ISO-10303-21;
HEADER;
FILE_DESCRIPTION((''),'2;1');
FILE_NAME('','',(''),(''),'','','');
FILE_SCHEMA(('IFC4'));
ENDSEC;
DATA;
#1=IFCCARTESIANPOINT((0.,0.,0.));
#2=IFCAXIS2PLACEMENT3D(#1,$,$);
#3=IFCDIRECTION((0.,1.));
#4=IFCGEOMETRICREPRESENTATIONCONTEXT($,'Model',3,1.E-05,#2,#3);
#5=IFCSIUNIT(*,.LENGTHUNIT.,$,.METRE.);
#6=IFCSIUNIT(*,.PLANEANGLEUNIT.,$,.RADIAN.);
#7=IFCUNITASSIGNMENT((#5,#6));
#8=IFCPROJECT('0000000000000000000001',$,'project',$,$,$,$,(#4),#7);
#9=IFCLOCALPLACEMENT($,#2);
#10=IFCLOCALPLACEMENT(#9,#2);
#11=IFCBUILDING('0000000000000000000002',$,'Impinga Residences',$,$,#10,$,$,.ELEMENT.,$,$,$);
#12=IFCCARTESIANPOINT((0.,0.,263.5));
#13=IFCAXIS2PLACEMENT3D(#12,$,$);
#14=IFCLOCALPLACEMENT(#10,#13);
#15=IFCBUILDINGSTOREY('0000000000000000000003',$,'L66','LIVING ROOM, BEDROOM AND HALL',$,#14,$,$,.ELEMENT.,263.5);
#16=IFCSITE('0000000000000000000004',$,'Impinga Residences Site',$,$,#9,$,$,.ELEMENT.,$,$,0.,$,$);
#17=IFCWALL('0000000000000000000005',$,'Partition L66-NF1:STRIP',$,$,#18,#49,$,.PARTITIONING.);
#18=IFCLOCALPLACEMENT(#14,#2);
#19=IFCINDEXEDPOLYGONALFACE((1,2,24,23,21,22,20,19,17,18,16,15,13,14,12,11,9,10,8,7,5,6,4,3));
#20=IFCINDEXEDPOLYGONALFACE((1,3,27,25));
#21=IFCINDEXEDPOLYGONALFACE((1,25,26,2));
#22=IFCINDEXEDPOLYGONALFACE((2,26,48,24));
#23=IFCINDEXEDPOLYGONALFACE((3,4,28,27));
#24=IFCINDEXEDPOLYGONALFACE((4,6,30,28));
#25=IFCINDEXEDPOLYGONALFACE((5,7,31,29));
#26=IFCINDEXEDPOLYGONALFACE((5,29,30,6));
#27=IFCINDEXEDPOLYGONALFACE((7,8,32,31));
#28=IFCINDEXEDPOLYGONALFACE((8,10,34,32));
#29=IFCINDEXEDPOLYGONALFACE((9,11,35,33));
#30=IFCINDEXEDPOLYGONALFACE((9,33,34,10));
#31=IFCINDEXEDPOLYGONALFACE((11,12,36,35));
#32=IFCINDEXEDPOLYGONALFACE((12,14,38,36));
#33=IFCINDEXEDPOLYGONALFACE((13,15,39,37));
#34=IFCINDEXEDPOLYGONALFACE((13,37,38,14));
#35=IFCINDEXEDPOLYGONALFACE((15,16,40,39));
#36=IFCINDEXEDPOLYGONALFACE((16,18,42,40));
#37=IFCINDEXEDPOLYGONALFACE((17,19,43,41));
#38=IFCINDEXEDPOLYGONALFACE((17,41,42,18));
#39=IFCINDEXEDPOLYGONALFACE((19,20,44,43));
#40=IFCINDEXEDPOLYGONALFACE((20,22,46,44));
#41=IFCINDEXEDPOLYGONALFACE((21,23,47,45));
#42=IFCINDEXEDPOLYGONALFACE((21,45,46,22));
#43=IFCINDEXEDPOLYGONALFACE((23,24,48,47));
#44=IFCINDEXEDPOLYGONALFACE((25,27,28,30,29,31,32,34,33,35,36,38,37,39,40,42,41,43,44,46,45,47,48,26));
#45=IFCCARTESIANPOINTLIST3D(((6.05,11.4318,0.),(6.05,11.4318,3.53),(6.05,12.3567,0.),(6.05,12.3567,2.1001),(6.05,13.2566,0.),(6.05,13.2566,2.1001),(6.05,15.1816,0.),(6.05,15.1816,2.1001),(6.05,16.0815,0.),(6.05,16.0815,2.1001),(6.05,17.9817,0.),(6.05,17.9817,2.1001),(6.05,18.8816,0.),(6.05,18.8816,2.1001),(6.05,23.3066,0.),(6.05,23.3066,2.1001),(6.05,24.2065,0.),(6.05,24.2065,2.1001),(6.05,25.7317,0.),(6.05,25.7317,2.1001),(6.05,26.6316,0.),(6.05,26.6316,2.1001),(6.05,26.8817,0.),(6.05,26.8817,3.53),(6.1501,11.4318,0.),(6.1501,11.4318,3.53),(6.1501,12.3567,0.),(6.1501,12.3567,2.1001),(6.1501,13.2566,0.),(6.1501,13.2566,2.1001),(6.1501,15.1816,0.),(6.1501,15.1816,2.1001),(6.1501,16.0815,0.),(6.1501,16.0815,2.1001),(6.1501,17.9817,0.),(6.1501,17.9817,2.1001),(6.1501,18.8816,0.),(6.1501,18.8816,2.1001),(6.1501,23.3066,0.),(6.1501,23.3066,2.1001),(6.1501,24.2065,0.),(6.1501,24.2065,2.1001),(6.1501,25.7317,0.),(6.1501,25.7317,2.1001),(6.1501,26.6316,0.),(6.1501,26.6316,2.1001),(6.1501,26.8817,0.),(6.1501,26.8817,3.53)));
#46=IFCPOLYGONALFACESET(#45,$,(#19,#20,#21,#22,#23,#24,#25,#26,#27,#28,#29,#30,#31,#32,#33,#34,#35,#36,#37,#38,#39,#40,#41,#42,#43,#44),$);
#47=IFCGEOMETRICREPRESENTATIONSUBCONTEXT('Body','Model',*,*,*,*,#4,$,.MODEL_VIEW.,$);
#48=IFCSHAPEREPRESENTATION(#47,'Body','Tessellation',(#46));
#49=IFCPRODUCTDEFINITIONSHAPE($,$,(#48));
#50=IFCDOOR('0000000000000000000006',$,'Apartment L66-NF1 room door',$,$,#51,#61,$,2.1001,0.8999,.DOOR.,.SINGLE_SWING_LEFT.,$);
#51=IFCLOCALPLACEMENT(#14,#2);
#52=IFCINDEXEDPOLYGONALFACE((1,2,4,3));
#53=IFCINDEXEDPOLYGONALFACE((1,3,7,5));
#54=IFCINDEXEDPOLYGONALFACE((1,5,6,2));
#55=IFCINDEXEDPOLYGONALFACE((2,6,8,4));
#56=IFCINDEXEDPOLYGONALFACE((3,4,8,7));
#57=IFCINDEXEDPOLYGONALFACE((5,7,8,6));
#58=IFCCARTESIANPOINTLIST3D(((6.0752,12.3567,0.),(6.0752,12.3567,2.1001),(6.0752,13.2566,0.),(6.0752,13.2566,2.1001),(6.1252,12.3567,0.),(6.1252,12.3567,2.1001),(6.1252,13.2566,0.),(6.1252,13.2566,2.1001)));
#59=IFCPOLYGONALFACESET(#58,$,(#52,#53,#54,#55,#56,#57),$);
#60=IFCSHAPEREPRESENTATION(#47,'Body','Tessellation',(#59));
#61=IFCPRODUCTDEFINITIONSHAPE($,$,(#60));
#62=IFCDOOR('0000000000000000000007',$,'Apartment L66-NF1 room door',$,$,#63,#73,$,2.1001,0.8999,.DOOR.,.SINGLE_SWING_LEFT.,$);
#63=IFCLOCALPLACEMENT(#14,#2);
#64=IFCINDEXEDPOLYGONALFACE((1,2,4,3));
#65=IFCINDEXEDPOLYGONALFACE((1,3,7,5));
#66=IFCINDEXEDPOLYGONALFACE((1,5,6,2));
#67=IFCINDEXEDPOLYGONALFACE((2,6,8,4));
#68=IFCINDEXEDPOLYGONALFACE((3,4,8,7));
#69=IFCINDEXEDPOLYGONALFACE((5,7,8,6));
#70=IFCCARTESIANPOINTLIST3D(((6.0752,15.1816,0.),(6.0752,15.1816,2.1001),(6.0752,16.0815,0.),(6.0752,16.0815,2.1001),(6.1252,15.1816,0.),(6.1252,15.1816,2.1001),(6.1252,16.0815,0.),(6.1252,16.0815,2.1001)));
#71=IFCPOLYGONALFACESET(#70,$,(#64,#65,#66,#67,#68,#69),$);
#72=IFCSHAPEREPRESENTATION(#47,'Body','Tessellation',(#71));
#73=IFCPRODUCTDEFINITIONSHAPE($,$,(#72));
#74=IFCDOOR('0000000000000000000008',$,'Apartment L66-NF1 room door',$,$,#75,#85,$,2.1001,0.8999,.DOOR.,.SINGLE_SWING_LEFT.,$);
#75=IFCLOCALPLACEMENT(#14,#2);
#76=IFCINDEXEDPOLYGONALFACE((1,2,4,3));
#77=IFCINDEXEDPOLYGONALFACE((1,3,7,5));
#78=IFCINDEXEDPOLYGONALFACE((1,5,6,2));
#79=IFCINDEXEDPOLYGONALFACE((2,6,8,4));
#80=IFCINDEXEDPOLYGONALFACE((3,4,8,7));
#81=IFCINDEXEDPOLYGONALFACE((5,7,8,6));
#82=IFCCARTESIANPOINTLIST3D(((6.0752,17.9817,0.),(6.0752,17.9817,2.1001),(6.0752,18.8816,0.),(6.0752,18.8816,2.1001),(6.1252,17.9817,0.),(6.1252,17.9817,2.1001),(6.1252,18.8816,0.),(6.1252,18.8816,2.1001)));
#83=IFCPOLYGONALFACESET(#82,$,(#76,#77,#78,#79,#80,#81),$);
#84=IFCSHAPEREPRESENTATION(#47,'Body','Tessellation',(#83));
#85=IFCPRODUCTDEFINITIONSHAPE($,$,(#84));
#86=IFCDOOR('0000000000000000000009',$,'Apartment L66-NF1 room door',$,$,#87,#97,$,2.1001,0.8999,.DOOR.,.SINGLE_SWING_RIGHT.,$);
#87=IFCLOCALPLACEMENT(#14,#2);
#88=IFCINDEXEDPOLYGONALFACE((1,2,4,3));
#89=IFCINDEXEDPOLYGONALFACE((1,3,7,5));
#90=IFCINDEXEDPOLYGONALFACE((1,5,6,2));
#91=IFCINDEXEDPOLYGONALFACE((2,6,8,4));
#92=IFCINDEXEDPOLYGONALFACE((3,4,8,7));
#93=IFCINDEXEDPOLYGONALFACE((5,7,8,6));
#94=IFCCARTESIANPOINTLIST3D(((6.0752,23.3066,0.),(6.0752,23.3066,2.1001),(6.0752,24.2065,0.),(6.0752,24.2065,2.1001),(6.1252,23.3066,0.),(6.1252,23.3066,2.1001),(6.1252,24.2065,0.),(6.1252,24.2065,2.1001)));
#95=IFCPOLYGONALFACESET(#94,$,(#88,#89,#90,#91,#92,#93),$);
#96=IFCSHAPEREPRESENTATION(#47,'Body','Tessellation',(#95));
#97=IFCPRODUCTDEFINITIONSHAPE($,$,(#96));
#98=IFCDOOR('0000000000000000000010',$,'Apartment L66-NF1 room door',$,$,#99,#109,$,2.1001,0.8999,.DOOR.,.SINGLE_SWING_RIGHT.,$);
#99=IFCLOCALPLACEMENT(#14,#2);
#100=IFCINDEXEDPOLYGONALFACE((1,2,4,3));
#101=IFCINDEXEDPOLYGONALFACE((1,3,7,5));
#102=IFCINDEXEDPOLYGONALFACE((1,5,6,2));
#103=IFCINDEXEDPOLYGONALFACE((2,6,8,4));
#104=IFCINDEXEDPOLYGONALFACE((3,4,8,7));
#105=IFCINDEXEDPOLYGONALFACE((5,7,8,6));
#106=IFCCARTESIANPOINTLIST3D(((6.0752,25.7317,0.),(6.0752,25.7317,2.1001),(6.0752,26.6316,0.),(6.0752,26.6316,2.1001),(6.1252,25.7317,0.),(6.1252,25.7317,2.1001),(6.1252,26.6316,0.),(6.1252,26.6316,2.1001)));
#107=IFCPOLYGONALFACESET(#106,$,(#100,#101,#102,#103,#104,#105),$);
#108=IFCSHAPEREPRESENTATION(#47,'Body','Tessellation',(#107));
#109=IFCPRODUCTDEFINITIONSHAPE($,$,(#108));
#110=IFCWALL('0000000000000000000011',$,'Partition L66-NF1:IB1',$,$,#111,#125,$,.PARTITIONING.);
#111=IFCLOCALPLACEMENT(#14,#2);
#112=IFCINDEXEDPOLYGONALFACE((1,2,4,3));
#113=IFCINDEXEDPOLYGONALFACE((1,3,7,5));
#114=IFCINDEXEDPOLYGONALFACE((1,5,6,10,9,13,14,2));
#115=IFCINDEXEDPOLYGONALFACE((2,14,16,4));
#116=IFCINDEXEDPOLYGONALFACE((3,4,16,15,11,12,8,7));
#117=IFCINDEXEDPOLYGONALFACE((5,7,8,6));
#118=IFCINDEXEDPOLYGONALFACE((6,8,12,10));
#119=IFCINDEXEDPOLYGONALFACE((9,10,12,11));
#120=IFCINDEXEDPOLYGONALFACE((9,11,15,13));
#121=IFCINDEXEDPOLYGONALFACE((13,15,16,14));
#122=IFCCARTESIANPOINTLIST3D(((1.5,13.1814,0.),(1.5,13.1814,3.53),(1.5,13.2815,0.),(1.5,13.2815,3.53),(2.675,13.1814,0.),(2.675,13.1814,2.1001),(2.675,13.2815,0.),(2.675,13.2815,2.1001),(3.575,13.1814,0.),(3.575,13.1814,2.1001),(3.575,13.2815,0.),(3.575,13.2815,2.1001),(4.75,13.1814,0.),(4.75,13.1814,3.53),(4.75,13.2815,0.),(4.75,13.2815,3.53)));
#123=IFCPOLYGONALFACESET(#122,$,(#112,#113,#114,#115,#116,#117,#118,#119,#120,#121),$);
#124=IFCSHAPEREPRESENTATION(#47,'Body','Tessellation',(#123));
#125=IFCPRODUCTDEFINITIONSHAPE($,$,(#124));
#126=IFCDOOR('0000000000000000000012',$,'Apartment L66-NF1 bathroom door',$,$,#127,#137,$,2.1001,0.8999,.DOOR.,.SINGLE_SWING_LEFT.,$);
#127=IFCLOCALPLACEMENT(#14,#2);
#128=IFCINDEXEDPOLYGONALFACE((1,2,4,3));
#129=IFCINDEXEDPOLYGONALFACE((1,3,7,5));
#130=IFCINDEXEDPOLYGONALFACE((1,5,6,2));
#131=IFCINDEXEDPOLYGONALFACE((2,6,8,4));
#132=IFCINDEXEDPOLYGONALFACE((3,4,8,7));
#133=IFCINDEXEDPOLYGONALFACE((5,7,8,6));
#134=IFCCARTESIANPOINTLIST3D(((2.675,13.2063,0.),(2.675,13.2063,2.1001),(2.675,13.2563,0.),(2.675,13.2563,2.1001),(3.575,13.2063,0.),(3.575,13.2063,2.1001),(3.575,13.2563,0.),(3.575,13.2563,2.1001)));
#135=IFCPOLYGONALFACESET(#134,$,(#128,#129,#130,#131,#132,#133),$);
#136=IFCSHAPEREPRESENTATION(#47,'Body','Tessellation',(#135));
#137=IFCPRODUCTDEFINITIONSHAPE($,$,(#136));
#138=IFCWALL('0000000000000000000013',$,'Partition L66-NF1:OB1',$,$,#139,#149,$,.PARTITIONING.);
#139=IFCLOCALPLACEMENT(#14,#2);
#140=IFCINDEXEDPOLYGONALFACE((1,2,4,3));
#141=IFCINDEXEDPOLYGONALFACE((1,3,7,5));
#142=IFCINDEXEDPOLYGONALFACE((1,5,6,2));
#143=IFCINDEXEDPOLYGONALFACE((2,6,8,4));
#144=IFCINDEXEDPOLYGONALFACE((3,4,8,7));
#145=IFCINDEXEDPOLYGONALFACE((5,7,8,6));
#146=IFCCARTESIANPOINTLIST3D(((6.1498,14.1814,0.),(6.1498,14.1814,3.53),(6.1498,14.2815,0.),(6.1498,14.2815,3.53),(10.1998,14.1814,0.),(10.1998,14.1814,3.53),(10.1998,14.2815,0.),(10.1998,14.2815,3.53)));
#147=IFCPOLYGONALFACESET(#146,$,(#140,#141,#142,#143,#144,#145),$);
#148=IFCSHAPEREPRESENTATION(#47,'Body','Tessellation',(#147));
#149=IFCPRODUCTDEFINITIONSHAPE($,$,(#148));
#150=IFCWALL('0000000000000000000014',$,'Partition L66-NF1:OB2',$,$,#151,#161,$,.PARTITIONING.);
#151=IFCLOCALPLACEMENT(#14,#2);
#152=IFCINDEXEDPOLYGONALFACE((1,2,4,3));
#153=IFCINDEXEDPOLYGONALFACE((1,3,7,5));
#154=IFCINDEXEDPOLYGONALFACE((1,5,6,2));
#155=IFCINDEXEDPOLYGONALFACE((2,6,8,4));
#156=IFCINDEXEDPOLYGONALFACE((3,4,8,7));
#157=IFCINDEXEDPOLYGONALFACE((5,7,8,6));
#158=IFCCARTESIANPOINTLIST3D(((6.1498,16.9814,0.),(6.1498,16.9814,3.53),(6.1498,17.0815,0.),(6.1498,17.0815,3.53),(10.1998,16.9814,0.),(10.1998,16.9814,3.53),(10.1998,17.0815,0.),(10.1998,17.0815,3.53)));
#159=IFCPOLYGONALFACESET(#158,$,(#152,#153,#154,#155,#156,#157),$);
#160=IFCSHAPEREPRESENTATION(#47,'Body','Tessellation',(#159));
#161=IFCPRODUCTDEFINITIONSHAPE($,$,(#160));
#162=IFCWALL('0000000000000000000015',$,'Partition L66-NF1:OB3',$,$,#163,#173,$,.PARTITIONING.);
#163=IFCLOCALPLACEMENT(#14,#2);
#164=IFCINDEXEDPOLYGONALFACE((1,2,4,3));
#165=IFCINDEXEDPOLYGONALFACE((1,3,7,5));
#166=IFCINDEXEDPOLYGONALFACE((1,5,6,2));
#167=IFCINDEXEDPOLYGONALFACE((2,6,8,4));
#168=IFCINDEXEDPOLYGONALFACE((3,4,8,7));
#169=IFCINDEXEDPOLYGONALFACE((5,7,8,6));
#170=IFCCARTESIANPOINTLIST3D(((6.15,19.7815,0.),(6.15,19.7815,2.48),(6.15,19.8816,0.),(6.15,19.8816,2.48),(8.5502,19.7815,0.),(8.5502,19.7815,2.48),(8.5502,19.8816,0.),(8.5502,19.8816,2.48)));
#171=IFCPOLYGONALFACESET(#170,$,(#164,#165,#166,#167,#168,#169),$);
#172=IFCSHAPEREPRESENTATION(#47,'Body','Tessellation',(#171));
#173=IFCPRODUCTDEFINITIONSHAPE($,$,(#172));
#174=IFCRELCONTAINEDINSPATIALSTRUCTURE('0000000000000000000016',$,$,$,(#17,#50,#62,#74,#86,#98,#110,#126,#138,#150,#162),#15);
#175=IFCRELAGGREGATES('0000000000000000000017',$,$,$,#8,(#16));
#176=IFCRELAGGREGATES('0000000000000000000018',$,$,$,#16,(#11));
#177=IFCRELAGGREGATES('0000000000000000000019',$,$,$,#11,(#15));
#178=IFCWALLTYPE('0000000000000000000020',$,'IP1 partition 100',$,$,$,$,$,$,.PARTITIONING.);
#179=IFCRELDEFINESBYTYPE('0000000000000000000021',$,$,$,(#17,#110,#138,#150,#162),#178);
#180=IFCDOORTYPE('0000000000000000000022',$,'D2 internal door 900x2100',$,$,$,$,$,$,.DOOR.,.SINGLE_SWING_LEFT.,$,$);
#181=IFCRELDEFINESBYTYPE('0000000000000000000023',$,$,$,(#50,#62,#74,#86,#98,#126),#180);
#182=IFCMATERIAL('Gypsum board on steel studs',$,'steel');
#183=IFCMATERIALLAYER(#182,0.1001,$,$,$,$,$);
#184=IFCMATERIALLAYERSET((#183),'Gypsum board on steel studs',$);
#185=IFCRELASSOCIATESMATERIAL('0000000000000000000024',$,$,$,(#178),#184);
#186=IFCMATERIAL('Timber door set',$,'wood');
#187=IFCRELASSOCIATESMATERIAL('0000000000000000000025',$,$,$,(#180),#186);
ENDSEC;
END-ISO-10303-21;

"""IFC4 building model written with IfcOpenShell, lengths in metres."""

from ifc_helpers import new_model, si_unit, direction, frame, frame_2d, origin, place, context, subcontext, project, spatial, rectangle, extrude, material, layer, layer_set, type_object, element, fill, save


model = new_model("IFC4")

# Units and contexts
model_context = context("Model", 3, precision=1e-05, world=origin(), true_north=direction((0.0, 1.0)))
body_context = subcontext(model_context, "Body", "Model", "MODEL_VIEW")
ifc_project = project(units=[si_unit("LENGTHUNIT", "METRE"), si_unit("PLANEANGLEUNIT", "RADIAN")], contexts=[model_context])

# Site, building, storey
site_placement = place(None, origin())
site = spatial("IfcSite", under=ifc_project, at=site_placement, Name="Impinga Residences Site", CompositionType="ELEMENT", RefElevation=0.0)
building_placement = place(site_placement, origin())
building = spatial("IfcBuilding", under=site, at=building_placement, Name="Impinga Residences", CompositionType="ELEMENT")
storey_placement = place(building_placement, frame((0.0, 0.0, 263.5)))
storey = spatial("IfcBuildingStorey", under=building, at=storey_placement, Name="L66", Description="LIVING ROOM, BEDROOM AND HALL", CompositionType="ELEMENT", Elevation=263.5)

# Shared definitions
ifc_material_1 = material(Name="Gypsum board on steel studs", Category="steel")
ifc_layer_1 = layer(ifc_material_1, 0.1001)
ifc_layer_set_1 = layer_set([ifc_layer_1], Name="Gypsum board on steel studs")
wall_type_1 = type_object("IfcWallType", Name="IP1 partition 100", PredefinedType="PARTITIONING", material=ifc_layer_set_1)

# Wall, openings, doors
wall_1_placement = place(storey_placement, frame((6.1001, 11.4316, 0.0), z_axis=(0.0, 0.0, 1.0), x_axis=(0.0, 1.0, 0.0)))
wall_1 = element("IfcWall", 1, at=wall_1_placement, inside=storey, type_object=wall_type_1, Name="Partition L66-NF1:STRIP", PredefinedType="PARTITIONING", context=body_context, shape_type="SweptSolid", body=[
    extrude(rectangle(XDim=15.45, YDim=0.1001, at=frame_2d((7.7251, 0.0))), origin(), (0.0, 0.0, 1.0), 3.53),
])
opening_1_placement = place(wall_1_placement, frame((0.925, 0.0, 0.0)))
opening_1 = element("IfcOpeningElement", 2, at=opening_1_placement, cuts=wall_1, PredefinedType="OPENING", context=body_context, shape_type="SweptSolid", body=[
    extrude(rectangle(XDim=0.8999, YDim=2.1001, at=frame_2d((0.45, 1.05))), frame((0.0, 0.0601, 0.0), z_axis=(0.0, -1.0, 0.0), x_axis=(1.0, 0.0, 0.0)), (0.0, 0.0, 1.0), 0.1201),
])
opening_2_placement = place(wall_1_placement, frame((3.75, 0.0, 0.0)))
opening_2 = element("IfcOpeningElement", 3, at=opening_2_placement, cuts=wall_1, PredefinedType="OPENING", context=body_context, shape_type="SweptSolid", body=[
    extrude(rectangle(XDim=0.8999, YDim=2.1001, at=frame_2d((0.45, 1.05))), frame((0.0, 0.0601, 0.0), z_axis=(0.0, -1.0, 0.0), x_axis=(1.0, 0.0, 0.0)), (0.0, 0.0, 1.0), 0.1201),
])
opening_3_placement = place(wall_1_placement, frame((6.55, 0.0, 0.0)))
opening_3 = element("IfcOpeningElement", 4, at=opening_3_placement, cuts=wall_1, PredefinedType="OPENING", context=body_context, shape_type="SweptSolid", body=[
    extrude(rectangle(XDim=0.8999, YDim=2.1001, at=frame_2d((0.45, 1.05))), frame((0.0, 0.0601, 0.0), z_axis=(0.0, -1.0, 0.0), x_axis=(1.0, 0.0, 0.0)), (0.0, 0.0, 1.0), 0.1201),
])
opening_4_placement = place(wall_1_placement, frame((11.875, 0.0, 0.0)))
opening_4 = element("IfcOpeningElement", 5, at=opening_4_placement, cuts=wall_1, PredefinedType="OPENING", context=body_context, shape_type="SweptSolid", body=[
    extrude(rectangle(XDim=0.8999, YDim=2.1001, at=frame_2d((0.45, 1.05))), frame((0.0, 0.0601, 0.0), z_axis=(0.0, -1.0, 0.0), x_axis=(1.0, 0.0, 0.0)), (0.0, 0.0, 1.0), 0.1201),
])
opening_5_placement = place(wall_1_placement, frame((14.3, 0.0, 0.0)))
opening_5 = element("IfcOpeningElement", 6, at=opening_5_placement, cuts=wall_1, PredefinedType="OPENING", context=body_context, shape_type="SweptSolid", body=[
    extrude(rectangle(XDim=0.8999, YDim=2.1001, at=frame_2d((0.45, 1.05))), frame((0.0, 0.0601, 0.0), z_axis=(0.0, -1.0, 0.0), x_axis=(1.0, 0.0, 0.0)), (0.0, 0.0, 1.0), 0.1201),
])
ifc_material_2 = material(Name="Timber door set", Category="wood")
door_type = type_object("IfcDoorType", Name="D2 internal door 900x2100", OperationType="SINGLE_SWING_LEFT", PredefinedType="DOOR", material=ifc_material_2)
door_1_placement = place(opening_1_placement, origin())
door_1 = element("IfcDoor", 7, at=door_1_placement, inside=storey, type_object=door_type, Name="Apartment L66-NF1 room door", OperationType="SINGLE_SWING_LEFT", OverallHeight=2.1001, OverallWidth=0.8999, PredefinedType="DOOR", context=body_context, shape_type="SweptSolid", body=[
    extrude(rectangle(XDim=0.8999, YDim=2.1001, at=frame_2d((0.45, 1.05))), frame((0.0, 0.0249, 0.0), z_axis=(0.0, -1.0, 0.0), x_axis=(1.0, 0.0, 0.0)), (0.0, 0.0, 1.0), 0.05),
])
fill(opening_1, door_1)
door_2_placement = place(opening_2_placement, origin())
door_2 = element("IfcDoor", 8, at=door_2_placement, inside=storey, type_object=door_type, Name="Apartment L66-NF1 room door", OperationType="SINGLE_SWING_LEFT", OverallHeight=2.1001, OverallWidth=0.8999, PredefinedType="DOOR", context=body_context, shape_type="SweptSolid", body=[
    extrude(rectangle(XDim=0.8999, YDim=2.1001, at=frame_2d((0.45, 1.05))), frame((0.0, 0.0249, 0.0), z_axis=(0.0, -1.0, 0.0), x_axis=(1.0, 0.0, 0.0)), (0.0, 0.0, 1.0), 0.05),
])
fill(opening_2, door_2)
door_3_placement = place(opening_3_placement, origin())
door_3 = element("IfcDoor", 9, at=door_3_placement, inside=storey, type_object=door_type, Name="Apartment L66-NF1 room door", OperationType="SINGLE_SWING_LEFT", OverallHeight=2.1001, OverallWidth=0.8999, PredefinedType="DOOR", context=body_context, shape_type="SweptSolid", body=[
    extrude(rectangle(XDim=0.8999, YDim=2.1001, at=frame_2d((0.45, 1.05))), frame((0.0, 0.0249, 0.0), z_axis=(0.0, -1.0, 0.0), x_axis=(1.0, 0.0, 0.0)), (0.0, 0.0, 1.0), 0.05),
])
fill(opening_3, door_3)
door_4_placement = place(opening_4_placement, origin())
door_4 = element("IfcDoor", 10, at=door_4_placement, inside=storey, type_object=door_type, Name="Apartment L66-NF1 room door", OperationType="SINGLE_SWING_RIGHT", OverallHeight=2.1001, OverallWidth=0.8999, PredefinedType="DOOR", context=body_context, shape_type="SweptSolid", body=[
    extrude(rectangle(XDim=0.8999, YDim=2.1001, at=frame_2d((0.45, 1.05))), frame((0.0, 0.0249, 0.0), z_axis=(0.0, -1.0, 0.0), x_axis=(1.0, 0.0, 0.0)), (0.0, 0.0, 1.0), 0.05),
])
fill(opening_4, door_4)
door_5_placement = place(opening_5_placement, origin())
door_5 = element("IfcDoor", 11, at=door_5_placement, inside=storey, type_object=door_type, Name="Apartment L66-NF1 room door", OperationType="SINGLE_SWING_RIGHT", OverallHeight=2.1001, OverallWidth=0.8999, PredefinedType="DOOR", context=body_context, shape_type="SweptSolid", body=[
    extrude(rectangle(XDim=0.8999, YDim=2.1001, at=frame_2d((0.45, 1.05))), frame((0.0, 0.0249, 0.0), z_axis=(0.0, -1.0, 0.0), x_axis=(1.0, 0.0, 0.0)), (0.0, 0.0, 1.0), 0.05),
])
fill(opening_5, door_5)

# Wall, opening, door
wall_2_placement = place(storey_placement, frame((1.5, 13.2314, 0.0), z_axis=(0.0, 0.0, 1.0), x_axis=(1.0, 0.0, 0.0)))
wall_2 = element("IfcWall", 12, at=wall_2_placement, inside=storey, type_object=wall_type_1, Name="Partition L66-NF1:IB1", PredefinedType="PARTITIONING", context=body_context, shape_type="SweptSolid", body=[
    extrude(rectangle(XDim=3.25, YDim=0.1001, at=frame_2d((1.625, 0.0))), origin(), (0.0, 0.0, 1.0), 3.53),
])
opening_6_placement = place(wall_2_placement, frame((1.175, 0.0, 0.0)))
opening_6 = element("IfcOpeningElement", 13, at=opening_6_placement, cuts=wall_2, PredefinedType="OPENING", context=body_context, shape_type="SweptSolid", body=[
    extrude(rectangle(XDim=0.8999, YDim=2.1001, at=frame_2d((0.45, 1.05))), frame((0.0, 0.0601, 0.0), z_axis=(0.0, -1.0, 0.0), x_axis=(1.0, 0.0, 0.0)), (0.0, 0.0, 1.0), 0.1201),
])
door_6_placement = place(opening_6_placement, origin())
door_6 = element("IfcDoor", 14, at=door_6_placement, inside=storey, type_object=door_type, Name="Apartment L66-NF1 bathroom door", OperationType="SINGLE_SWING_LEFT", OverallHeight=2.1001, OverallWidth=0.8999, PredefinedType="DOOR", context=body_context, shape_type="SweptSolid", body=[
    extrude(rectangle(XDim=0.8999, YDim=2.1001, at=frame_2d((0.45, 1.05))), frame((0.0, 0.0249, 0.0), z_axis=(0.0, -1.0, 0.0), x_axis=(1.0, 0.0, 0.0)), (0.0, 0.0, 1.0), 0.05),
])
fill(opening_6, door_6)

# Walls
for number, where, z_axis, x_axis, name in (
    (15, (6.1499, 14.2314, 0.0), (0.0, 0.0, 1.0), (1.0, 0.0, 0.0), "Partition L66-NF1:OB1"),
    (16, (6.1499, 17.0315, 0.0), (0.0, 0.0, 1.0), (1.0, 0.0, 0.0), "Partition L66-NF1:OB2"),
):
    element("IfcWall", number, at=place(storey_placement, frame(where, z_axis=z_axis, x_axis=x_axis)), inside=storey, type_object=wall_type_1, Name=name, PredefinedType="PARTITIONING", context=body_context, shape_type="SweptSolid", body=[
        extrude(rectangle(XDim=4.05, YDim=0.1001, at=frame_2d((2.0249, 0.0))), origin(), (0.0, 0.0, 1.0), 3.53),
    ])
wall_3_placement = place(storey_placement, frame((6.1499, 19.8315, 0.0), z_axis=(0.0, 0.0, 1.0), x_axis=(1.0, 0.0, 0.0)))
element("IfcWall", 17, at=wall_3_placement, inside=storey, type_object=wall_type_1, Name="Partition L66-NF1:OB3", PredefinedType="PARTITIONING", context=body_context, shape_type="SweptSolid", body=[
    extrude(rectangle(XDim=2.4001, YDim=0.1001, at=frame_2d((1.2002, 0.0))), origin(), (0.0, 0.0, 1.0), 2.48),
])

save(model, "model.ifc")
